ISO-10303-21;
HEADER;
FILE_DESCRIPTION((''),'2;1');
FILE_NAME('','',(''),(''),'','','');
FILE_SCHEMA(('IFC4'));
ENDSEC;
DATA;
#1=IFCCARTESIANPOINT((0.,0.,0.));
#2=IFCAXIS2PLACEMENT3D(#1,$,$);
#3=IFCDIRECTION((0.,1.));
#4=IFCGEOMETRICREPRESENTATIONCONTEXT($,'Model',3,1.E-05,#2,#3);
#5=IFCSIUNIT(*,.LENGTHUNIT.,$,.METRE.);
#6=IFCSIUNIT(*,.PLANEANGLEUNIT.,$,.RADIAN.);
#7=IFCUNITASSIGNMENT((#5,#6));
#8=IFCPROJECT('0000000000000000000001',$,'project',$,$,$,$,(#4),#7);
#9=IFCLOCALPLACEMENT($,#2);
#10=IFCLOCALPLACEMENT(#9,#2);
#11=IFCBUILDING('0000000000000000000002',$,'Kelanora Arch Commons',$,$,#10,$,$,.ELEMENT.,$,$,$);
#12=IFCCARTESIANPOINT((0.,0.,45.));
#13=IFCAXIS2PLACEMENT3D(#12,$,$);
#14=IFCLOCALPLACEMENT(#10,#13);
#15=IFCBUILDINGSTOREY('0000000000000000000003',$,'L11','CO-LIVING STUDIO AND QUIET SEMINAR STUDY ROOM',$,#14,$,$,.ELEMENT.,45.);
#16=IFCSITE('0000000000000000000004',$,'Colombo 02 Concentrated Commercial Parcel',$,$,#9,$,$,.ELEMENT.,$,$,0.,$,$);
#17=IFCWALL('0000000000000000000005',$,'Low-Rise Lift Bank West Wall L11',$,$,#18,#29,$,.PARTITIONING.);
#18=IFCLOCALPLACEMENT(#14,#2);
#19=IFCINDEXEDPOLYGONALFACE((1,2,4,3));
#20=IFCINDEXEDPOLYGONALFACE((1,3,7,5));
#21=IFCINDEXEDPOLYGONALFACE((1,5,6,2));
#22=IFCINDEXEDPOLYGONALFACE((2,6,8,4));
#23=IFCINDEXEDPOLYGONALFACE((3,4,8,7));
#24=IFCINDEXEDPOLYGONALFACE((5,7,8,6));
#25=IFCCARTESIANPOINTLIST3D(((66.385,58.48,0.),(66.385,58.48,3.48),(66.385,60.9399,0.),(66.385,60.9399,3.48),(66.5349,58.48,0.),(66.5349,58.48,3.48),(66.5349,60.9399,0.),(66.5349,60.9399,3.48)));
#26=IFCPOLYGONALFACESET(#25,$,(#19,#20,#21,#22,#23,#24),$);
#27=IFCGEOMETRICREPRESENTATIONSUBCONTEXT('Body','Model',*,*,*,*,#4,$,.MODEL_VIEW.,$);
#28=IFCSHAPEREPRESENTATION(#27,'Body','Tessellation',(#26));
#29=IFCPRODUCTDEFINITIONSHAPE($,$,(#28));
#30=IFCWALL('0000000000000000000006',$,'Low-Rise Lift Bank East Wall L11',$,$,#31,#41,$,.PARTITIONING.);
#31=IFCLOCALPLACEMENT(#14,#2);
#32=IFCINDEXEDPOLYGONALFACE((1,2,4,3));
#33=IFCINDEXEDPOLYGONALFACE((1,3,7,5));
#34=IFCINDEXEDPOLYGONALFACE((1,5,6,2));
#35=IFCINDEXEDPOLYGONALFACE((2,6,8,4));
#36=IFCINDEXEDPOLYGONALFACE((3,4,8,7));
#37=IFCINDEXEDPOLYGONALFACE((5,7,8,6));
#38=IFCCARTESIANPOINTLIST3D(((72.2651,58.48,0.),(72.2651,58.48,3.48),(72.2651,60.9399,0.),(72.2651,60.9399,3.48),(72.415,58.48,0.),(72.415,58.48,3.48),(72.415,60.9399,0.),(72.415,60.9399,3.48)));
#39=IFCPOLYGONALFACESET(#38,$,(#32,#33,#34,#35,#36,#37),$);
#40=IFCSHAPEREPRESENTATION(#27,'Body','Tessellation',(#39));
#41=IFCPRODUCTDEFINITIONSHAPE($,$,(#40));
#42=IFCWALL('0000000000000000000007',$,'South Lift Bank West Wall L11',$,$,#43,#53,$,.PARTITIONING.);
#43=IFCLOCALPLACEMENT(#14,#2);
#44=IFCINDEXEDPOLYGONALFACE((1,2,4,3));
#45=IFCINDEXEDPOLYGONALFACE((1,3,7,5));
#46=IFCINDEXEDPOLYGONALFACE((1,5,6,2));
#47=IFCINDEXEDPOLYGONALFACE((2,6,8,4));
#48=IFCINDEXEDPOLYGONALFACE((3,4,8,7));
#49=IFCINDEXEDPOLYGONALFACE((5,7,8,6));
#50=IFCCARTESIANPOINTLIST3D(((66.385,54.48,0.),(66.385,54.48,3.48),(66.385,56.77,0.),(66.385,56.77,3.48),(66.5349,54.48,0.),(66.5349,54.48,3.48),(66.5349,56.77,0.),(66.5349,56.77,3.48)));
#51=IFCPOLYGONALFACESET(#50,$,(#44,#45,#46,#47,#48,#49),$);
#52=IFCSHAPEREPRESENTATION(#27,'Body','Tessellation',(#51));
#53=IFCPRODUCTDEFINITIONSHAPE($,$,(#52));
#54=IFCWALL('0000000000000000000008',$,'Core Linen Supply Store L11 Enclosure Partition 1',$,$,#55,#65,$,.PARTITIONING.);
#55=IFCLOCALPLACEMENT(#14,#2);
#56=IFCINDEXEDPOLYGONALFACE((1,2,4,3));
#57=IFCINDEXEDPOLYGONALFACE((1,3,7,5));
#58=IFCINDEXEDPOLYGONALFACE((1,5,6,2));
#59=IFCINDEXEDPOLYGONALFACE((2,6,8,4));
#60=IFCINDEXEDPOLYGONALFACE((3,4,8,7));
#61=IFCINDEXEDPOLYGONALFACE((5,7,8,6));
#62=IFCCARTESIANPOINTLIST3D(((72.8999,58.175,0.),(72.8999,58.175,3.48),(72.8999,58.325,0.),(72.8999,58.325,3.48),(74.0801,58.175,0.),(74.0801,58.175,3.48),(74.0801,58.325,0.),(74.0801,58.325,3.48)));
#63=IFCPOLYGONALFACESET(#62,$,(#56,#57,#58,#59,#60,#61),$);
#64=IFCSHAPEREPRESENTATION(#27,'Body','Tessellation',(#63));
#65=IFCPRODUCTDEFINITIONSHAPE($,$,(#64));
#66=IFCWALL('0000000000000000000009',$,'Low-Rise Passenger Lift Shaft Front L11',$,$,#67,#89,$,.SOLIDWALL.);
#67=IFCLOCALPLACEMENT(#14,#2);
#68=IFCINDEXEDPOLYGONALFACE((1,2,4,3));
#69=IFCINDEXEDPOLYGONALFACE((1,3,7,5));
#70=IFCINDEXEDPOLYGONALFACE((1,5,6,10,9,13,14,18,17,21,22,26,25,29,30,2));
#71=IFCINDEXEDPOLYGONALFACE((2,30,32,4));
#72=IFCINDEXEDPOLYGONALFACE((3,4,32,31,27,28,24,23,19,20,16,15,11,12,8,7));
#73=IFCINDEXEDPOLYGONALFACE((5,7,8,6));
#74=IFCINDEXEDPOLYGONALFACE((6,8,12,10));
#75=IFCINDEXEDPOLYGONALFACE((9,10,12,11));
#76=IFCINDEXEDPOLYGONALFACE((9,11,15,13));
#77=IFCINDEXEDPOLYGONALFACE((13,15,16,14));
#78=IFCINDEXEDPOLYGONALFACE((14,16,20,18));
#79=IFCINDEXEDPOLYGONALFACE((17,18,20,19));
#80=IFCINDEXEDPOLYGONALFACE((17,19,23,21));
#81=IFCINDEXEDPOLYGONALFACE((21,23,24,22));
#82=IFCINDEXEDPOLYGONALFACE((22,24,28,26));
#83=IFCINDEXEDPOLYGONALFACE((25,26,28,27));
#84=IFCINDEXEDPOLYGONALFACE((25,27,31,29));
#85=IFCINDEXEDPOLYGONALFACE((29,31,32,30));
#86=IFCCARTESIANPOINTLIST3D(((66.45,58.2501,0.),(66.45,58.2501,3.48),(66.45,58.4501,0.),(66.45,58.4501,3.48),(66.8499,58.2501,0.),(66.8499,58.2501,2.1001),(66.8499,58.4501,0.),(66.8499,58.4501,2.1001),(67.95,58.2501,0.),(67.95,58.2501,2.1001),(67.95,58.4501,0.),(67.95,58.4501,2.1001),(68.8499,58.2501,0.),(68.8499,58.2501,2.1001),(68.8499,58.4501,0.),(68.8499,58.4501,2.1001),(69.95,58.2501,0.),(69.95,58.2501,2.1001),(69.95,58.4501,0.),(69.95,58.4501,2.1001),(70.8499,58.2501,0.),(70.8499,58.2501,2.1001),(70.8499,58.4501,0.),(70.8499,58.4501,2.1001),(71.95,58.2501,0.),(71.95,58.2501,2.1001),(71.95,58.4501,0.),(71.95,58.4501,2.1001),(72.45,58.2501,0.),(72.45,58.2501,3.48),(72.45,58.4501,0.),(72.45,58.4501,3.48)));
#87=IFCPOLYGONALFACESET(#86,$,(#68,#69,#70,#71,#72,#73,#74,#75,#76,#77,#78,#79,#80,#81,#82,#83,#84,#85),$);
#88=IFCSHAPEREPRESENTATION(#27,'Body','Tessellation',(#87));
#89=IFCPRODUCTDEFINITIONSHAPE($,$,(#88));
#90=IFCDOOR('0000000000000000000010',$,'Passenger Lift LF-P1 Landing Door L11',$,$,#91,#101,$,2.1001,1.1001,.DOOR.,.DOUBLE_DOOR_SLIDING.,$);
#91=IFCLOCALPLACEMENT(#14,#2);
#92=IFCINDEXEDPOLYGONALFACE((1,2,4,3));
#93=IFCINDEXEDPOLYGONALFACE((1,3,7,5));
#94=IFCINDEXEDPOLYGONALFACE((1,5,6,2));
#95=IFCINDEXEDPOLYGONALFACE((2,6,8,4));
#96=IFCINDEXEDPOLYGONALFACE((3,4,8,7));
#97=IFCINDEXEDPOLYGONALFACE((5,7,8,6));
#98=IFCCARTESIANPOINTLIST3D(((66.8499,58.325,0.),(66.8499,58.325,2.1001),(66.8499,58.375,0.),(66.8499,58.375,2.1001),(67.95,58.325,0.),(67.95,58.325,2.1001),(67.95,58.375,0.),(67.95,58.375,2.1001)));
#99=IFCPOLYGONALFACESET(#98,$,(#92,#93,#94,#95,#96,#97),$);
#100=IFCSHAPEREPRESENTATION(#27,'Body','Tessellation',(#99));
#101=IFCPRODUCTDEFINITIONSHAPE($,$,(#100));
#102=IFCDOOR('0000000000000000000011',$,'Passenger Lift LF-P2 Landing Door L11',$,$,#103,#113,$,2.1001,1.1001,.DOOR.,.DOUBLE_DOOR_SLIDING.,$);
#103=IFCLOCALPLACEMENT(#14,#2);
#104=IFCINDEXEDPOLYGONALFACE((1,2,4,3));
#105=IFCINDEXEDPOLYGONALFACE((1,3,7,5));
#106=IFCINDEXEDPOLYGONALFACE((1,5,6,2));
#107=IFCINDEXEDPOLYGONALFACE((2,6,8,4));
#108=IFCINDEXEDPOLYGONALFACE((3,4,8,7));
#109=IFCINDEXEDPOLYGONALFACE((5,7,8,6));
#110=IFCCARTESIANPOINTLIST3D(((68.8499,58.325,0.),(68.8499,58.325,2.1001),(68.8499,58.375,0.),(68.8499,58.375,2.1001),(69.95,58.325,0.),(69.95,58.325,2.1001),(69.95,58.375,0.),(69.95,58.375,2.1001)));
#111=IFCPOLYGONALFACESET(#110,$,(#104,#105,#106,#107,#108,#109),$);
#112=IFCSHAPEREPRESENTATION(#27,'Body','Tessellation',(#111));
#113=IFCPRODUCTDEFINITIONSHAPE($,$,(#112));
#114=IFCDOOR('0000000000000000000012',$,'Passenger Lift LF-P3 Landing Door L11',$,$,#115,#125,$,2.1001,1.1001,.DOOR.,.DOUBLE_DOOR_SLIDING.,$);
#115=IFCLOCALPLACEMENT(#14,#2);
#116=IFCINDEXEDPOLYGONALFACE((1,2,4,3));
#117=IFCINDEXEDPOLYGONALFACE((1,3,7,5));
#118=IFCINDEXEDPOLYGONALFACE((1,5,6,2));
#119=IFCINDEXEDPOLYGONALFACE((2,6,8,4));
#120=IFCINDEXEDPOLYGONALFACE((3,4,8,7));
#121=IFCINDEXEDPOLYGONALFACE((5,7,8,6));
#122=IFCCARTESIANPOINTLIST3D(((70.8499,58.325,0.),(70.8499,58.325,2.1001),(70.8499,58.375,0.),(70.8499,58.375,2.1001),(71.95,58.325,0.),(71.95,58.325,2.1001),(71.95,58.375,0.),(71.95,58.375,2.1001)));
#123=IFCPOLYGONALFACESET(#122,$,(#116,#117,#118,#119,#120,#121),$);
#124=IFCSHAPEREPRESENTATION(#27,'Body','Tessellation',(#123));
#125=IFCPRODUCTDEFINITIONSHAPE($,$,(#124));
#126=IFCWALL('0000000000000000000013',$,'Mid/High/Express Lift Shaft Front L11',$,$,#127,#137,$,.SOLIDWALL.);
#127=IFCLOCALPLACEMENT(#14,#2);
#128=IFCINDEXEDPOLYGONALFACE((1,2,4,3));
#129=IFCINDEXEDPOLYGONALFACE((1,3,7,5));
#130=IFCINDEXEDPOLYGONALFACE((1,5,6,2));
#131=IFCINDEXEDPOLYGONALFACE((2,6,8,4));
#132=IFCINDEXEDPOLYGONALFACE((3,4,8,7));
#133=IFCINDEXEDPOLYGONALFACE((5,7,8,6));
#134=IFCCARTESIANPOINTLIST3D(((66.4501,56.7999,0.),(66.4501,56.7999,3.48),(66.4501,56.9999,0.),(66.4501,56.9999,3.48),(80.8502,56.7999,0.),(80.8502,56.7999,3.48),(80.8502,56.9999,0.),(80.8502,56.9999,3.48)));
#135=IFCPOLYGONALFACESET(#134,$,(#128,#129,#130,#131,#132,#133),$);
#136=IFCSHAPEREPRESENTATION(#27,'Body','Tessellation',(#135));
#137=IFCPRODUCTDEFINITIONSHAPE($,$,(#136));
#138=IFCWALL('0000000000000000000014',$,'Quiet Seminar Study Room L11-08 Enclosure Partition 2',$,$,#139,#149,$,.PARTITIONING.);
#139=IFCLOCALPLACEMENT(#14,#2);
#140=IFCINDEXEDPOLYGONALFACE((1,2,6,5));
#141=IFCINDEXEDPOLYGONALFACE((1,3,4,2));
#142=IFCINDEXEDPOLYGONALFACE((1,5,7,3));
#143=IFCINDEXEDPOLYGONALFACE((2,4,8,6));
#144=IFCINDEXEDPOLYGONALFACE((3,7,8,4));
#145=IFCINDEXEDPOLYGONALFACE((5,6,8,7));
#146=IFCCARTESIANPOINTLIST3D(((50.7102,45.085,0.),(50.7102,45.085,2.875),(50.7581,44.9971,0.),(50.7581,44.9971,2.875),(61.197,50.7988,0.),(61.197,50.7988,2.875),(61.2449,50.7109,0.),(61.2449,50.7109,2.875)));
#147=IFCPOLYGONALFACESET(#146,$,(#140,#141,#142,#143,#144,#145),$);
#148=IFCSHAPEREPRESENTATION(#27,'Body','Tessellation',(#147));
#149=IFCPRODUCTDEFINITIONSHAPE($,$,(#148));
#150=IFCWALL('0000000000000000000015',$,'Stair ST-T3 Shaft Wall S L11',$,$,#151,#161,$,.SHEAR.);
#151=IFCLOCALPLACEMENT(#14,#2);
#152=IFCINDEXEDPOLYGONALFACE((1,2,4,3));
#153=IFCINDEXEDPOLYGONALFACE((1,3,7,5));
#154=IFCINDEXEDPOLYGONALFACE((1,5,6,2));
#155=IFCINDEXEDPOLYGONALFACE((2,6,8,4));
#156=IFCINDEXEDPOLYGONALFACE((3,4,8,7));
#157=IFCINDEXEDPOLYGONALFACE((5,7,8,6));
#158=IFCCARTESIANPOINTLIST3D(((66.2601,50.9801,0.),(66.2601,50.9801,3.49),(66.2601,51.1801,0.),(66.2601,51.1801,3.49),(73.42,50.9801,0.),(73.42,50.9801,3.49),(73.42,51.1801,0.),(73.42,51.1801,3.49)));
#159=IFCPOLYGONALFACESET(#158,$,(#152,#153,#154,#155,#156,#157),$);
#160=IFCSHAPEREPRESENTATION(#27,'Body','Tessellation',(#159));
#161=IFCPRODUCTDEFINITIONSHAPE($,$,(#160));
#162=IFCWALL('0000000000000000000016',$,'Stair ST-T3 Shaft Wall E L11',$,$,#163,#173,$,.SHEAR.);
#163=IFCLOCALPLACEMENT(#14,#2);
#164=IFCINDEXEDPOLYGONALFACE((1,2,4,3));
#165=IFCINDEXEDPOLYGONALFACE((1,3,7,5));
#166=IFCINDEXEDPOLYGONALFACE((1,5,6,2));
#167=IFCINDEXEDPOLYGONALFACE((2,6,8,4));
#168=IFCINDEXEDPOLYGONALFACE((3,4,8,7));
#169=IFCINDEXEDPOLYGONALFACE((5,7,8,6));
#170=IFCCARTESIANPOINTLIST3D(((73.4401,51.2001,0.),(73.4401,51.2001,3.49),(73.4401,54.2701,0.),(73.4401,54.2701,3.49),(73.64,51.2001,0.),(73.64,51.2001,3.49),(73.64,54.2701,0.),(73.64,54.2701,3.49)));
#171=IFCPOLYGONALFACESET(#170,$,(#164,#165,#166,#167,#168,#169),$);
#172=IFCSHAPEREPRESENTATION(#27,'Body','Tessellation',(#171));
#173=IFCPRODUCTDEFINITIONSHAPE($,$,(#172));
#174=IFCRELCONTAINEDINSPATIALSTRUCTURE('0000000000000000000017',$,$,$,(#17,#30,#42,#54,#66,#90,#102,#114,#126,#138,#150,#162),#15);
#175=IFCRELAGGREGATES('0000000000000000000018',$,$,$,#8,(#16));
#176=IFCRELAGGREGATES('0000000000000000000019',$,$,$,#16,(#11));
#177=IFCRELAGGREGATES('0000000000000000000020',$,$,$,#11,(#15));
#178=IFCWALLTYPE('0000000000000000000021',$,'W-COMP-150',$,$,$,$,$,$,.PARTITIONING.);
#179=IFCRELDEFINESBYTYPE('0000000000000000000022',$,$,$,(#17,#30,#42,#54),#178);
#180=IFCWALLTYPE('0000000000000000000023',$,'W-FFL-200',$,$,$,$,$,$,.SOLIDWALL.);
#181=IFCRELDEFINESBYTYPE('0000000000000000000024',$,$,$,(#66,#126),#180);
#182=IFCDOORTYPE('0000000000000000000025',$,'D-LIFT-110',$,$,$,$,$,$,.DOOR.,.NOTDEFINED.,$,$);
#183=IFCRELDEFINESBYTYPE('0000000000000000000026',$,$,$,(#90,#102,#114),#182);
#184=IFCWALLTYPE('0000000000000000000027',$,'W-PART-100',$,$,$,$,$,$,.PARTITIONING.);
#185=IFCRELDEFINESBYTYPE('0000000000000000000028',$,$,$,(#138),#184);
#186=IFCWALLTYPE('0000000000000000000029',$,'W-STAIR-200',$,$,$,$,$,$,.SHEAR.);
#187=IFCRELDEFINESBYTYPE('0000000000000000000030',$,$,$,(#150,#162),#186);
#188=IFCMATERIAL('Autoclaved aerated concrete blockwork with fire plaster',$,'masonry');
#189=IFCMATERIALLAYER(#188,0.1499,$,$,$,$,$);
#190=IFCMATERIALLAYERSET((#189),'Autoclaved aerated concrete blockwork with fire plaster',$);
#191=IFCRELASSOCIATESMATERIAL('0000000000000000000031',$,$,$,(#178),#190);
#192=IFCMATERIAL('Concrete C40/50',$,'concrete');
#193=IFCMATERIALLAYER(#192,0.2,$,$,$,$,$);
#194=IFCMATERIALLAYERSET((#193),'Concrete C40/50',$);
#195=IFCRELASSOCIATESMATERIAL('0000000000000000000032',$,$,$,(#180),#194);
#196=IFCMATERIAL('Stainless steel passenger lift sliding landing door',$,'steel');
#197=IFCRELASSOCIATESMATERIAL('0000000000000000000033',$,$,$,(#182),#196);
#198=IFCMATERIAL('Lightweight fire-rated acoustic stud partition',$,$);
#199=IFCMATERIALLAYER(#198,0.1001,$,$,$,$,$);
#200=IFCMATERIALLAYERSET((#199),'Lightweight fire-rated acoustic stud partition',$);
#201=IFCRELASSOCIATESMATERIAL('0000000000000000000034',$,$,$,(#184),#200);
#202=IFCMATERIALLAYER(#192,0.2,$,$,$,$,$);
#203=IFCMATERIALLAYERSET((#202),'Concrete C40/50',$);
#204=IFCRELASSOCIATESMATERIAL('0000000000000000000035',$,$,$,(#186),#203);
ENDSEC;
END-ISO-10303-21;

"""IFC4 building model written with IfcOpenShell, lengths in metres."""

from ifc_helpers import new_model, si_unit, direction, frame, frame_2d, origin, place, context, subcontext, project, spatial, rectangle, extrude, material, layer, layer_set, type_object, element, fill, save


model = new_model("IFC4")

# Units and contexts
model_context = context("Model", 3, precision=1e-05, world=origin(), true_north=direction((0.0, 1.0)))
body_context = subcontext(model_context, "Body", "Model", "MODEL_VIEW")
ifc_project = project(units=[si_unit("LENGTHUNIT", "METRE"), si_unit("PLANEANGLEUNIT", "RADIAN")], contexts=[model_context])

# Site, building, storey
site_placement = place(None, origin())
site = spatial("IfcSite", under=ifc_project, at=site_placement, Name="Colombo 02 Concentrated Commercial Parcel", CompositionType="ELEMENT", RefElevation=0.0)
building_placement = place(site_placement, origin())
building = spatial("IfcBuilding", under=site, at=building_placement, Name="Kelanora Arch Commons", CompositionType="ELEMENT")
storey_placement = place(building_placement, frame((0.0, 0.0, 45.0)))
storey = spatial("IfcBuildingStorey", under=building, at=storey_placement, Name="L11", Description="CO-LIVING STUDIO AND QUIET SEMINAR STUDY ROOM", CompositionType="ELEMENT", Elevation=45.0)

# Walls
ifc_material_1 = material(Name="Autoclaved aerated concrete blockwork with fire plaster", Category="masonry")
ifc_layer_1 = layer(ifc_material_1, 0.1499)
ifc_layer_set_1 = layer_set([ifc_layer_1], Name="Autoclaved aerated concrete blockwork with fire plaster")
wall_type_1 = type_object("IfcWallType", Name="W-COMP-150", PredefinedType="PARTITIONING", material=ifc_layer_set_1)
for number, where, z_axis, x_axis, name in (
    (1, (66.46, 58.48, 0.0), (0.0, 0.0, 1.0), (0.0, 1.0, 0.0), "Low-Rise Lift Bank West Wall L11"),
    (2, (72.3401, 58.48, 0.0), (0.0, 0.0, 1.0), (0.0, 1.0, 0.0), "Low-Rise Lift Bank East Wall L11"),
):
    element("IfcWall", number, at=place(storey_placement, frame(where, z_axis=z_axis, x_axis=x_axis)), inside=storey, type_object=wall_type_1, Name=name, PredefinedType="PARTITIONING", context=body_context, shape_type="SweptSolid", body=[
        extrude(rectangle(XDim=2.46, YDim=0.1499, at=frame_2d((1.23, 0.0))), origin(), (0.0, 0.0, 1.0), 3.48),
    ])
wall_1_placement = place(storey_placement, frame((66.46, 54.48, 0.0), z_axis=(0.0, 0.0, 1.0), x_axis=(0.0, 1.0, 0.0)))
element("IfcWall", 3, at=wall_1_placement, inside=storey, type_object=wall_type_1, Name="South Lift Bank West Wall L11", PredefinedType="PARTITIONING", context=body_context, shape_type="SweptSolid", body=[
    extrude(rectangle(XDim=2.29, YDim=0.1499, at=frame_2d((1.145, 0.0))), origin(), (0.0, 0.0, 1.0), 3.48),
])
wall_2_placement = place(storey_placement, frame((72.8999, 58.25, 0.0), z_axis=(0.0, 0.0, 1.0), x_axis=(1.0, 0.0, 0.0)))
element("IfcWall", 4, at=wall_2_placement, inside=storey, type_object=wall_type_1, Name="Core Linen Supply Store L11 Enclosure Partition 1", PredefinedType="PARTITIONING", context=body_context, shape_type="SweptSolid", body=[
    extrude(rectangle(XDim=1.1802, YDim=0.1499, at=frame_2d((0.5901, 0.0))), origin(), (0.0, 0.0, 1.0), 3.48),
])

# Wall, openings, doors
ifc_material_2 = material(Name="Concrete C40/50", Category="concrete")
ifc_layer_2 = layer(ifc_material_2, 0.2)
ifc_layer_set_2 = layer_set([ifc_layer_2], Name="Concrete C40/50")
wall_type_2 = type_object("IfcWallType", Name="W-FFL-200", PredefinedType="SOLIDWALL", material=ifc_layer_set_2)
wall_3_placement = place(storey_placement, frame((66.45, 58.3501, 0.0), z_axis=(0.0, 0.0, 1.0), x_axis=(1.0, 0.0, 0.0)))
wall_3 = element("IfcWall", 5, at=wall_3_placement, inside=storey, type_object=wall_type_2, Name="Low-Rise Passenger Lift Shaft Front L11", PredefinedType="SOLIDWALL", context=body_context, shape_type="SweptSolid", body=[
    extrude(rectangle(XDim=6.0, YDim=0.2, at=frame_2d((3.0, 0.0))), origin(), (0.0, 0.0, 1.0), 3.48),
])
opening_1_placement = place(wall_3_placement, frame((0.3999, 0.0, 0.0)))
opening_1 = element("IfcOpeningElement", 6, at=opening_1_placement, cuts=wall_3, PredefinedType="OPENING", context=body_context, shape_type="SweptSolid", body=[
    extrude(rectangle(XDim=1.1001, YDim=2.1001, at=frame_2d((0.55, 1.05))), frame((0.0, 0.1099, 0.0), z_axis=(0.0, -1.0, 0.0), x_axis=(1.0, 0.0, 0.0)), (0.0, 0.0, 1.0), 0.22),
])
opening_2_placement = place(wall_3_placement, frame((2.3999, 0.0, 0.0)))
opening_2 = element("IfcOpeningElement", 7, at=opening_2_placement, cuts=wall_3, PredefinedType="OPENING", context=body_context, shape_type="SweptSolid", body=[
    extrude(rectangle(XDim=1.1001, YDim=2.1001, at=frame_2d((0.55, 1.05))), frame((0.0, 0.1099, 0.0), z_axis=(0.0, -1.0, 0.0), x_axis=(1.0, 0.0, 0.0)), (0.0, 0.0, 1.0), 0.22),
])
opening_3_placement = place(wall_3_placement, frame((4.3999, 0.0, 0.0)))
opening_3 = element("IfcOpeningElement", 8, at=opening_3_placement, cuts=wall_3, PredefinedType="OPENING", context=body_context, shape_type="SweptSolid", body=[
    extrude(rectangle(XDim=1.1001, YDim=2.1001, at=frame_2d((0.55, 1.05))), frame((0.0, 0.1099, 0.0), z_axis=(0.0, -1.0, 0.0), x_axis=(1.0, 0.0, 0.0)), (0.0, 0.0, 1.0), 0.22),
])
ifc_material_3 = material(Name="Stainless steel passenger lift sliding landing door", Category="steel")
door_type_1 = type_object("IfcDoorType", Name="D-LIFT-110", OperationType="NOTDEFINED", PredefinedType="DOOR", material=ifc_material_3)
door_1_placement = place(opening_1_placement, origin())
door_1 = element("IfcDoor", 9, at=door_1_placement, inside=storey, type_object=door_type_1, Name="Passenger Lift LF-P1 Landing Door L11", OperationType="DOUBLE_DOOR_SLIDING", OverallHeight=2.1001, OverallWidth=1.1001, PredefinedType="DOOR", context=body_context, shape_type="SweptSolid", body=[
    extrude(rectangle(XDim=1.1001, YDim=2.1001, at=frame_2d((0.55, 1.05))), frame((0.0, 0.0249, 0.0), z_axis=(0.0, -1.0, 0.0), x_axis=(1.0, 0.0, 0.0)), (0.0, 0.0, 1.0), 0.05),
])
fill(opening_1, door_1)
door_2_placement = place(opening_2_placement, origin())
door_2 = element("IfcDoor", 10, at=door_2_placement, inside=storey, type_object=door_type_1, Name="Passenger Lift LF-P2 Landing Door L11", OperationType="DOUBLE_DOOR_SLIDING", OverallHeight=2.1001, OverallWidth=1.1001, PredefinedType="DOOR", context=body_context, shape_type="SweptSolid", body=[
    extrude(rectangle(XDim=1.1001, YDim=2.1001, at=frame_2d((0.55, 1.05))), frame((0.0, 0.0249, 0.0), z_axis=(0.0, -1.0, 0.0), x_axis=(1.0, 0.0, 0.0)), (0.0, 0.0, 1.0), 0.05),
])
fill(opening_2, door_2)
door_3_placement = place(opening_3_placement, origin())
door_3 = element("IfcDoor", 11, at=door_3_placement, inside=storey, type_object=door_type_1, Name="Passenger Lift LF-P3 Landing Door L11", OperationType="DOUBLE_DOOR_SLIDING", OverallHeight=2.1001, OverallWidth=1.1001, PredefinedType="DOOR", context=body_context, shape_type="SweptSolid", body=[
    extrude(rectangle(XDim=1.1001, YDim=2.1001, at=frame_2d((0.55, 1.05))), frame((0.0, 0.0249, 0.0), z_axis=(0.0, -1.0, 0.0), x_axis=(1.0, 0.0, 0.0)), (0.0, 0.0, 1.0), 0.05),
])
fill(opening_3, door_3)

# Walls
wall_4_placement = place(storey_placement, frame((66.45, 56.8999, 0.0), z_axis=(0.0, 0.0, 1.0), x_axis=(1.0, 0.0, 0.0)))
element("IfcWall", 12, at=wall_4_placement, inside=storey, type_object=wall_type_2, Name="Mid/High/Express Lift Shaft Front L11", PredefinedType="SOLIDWALL", context=body_context, shape_type="SweptSolid", body=[
    extrude(rectangle(XDim=14.4001, YDim=0.2, at=frame_2d((7.2002, 0.0))), origin(), (0.0, 0.0, 1.0), 3.48),
])
ifc_material_4 = material(Name="Lightweight fire-rated acoustic stud partition")
ifc_layer_3 = layer(ifc_material_4, 0.1001)
ifc_layer_set_3 = layer_set([ifc_layer_3], Name="Lightweight fire-rated acoustic stud partition")
wall_type_3 = type_object("IfcWallType", Name="W-PART-100", PredefinedType="PARTITIONING", material=ifc_layer_set_3)
wall_5_placement = place(storey_placement, frame((61.2209, 50.7549, 0.0), z_axis=(0.0, 0.0, 1.0), x_axis=(-0.878114, -0.478451, 0.0)))
element("IfcWall", 13, at=wall_5_placement, inside=storey, type_object=wall_type_3, Name="Quiet Seminar Study Room L11-08 Enclosure Partition 2", PredefinedType="PARTITIONING", context=body_context, shape_type="SweptSolid", body=[
    extrude(rectangle(XDim=11.9424, YDim=0.1001, at=frame_2d((5.9712, 0.0))), origin(), (0.0, 0.0, 1.0), 2.875),
])
ifc_layer_4 = layer(ifc_material_2, 0.2)
ifc_layer_set_4 = layer_set([ifc_layer_4], Name="Concrete C40/50")
wall_type_4 = type_object("IfcWallType", Name="W-STAIR-200", PredefinedType="SHEAR", material=ifc_layer_set_4)
wall_6_placement = place(storey_placement, frame((66.26, 51.0801, 0.0), z_axis=(0.0, 0.0, 1.0), x_axis=(1.0, 0.0, 0.0)))
element("IfcWall", 14, at=wall_6_placement, inside=storey, type_object=wall_type_4, Name="Stair ST-T3 Shaft Wall S L11", PredefinedType="SHEAR", context=body_context, shape_type="SweptSolid", body=[
    extrude(rectangle(XDim=7.1599, YDim=0.2, at=frame_2d((3.5801, 0.0))), origin(), (0.0, 0.0, 1.0), 3.49),
])
wall_7_placement = place(storey_placement, frame((73.54, 51.2, 0.0), z_axis=(0.0, 0.0, 1.0), x_axis=(0.0, 1.0, 0.0)))
element("IfcWall", 15, at=wall_7_placement, inside=storey, type_object=wall_type_4, Name="Stair ST-T3 Shaft Wall E L11", PredefinedType="SHEAR", context=body_context, shape_type="SweptSolid", body=[
    extrude(rectangle(XDim=3.0701, YDim=0.2, at=frame_2d((1.5352, 0.0))), origin(), (0.0, 0.0, 1.0), 3.49),
])

save(model, "model.ifc")
